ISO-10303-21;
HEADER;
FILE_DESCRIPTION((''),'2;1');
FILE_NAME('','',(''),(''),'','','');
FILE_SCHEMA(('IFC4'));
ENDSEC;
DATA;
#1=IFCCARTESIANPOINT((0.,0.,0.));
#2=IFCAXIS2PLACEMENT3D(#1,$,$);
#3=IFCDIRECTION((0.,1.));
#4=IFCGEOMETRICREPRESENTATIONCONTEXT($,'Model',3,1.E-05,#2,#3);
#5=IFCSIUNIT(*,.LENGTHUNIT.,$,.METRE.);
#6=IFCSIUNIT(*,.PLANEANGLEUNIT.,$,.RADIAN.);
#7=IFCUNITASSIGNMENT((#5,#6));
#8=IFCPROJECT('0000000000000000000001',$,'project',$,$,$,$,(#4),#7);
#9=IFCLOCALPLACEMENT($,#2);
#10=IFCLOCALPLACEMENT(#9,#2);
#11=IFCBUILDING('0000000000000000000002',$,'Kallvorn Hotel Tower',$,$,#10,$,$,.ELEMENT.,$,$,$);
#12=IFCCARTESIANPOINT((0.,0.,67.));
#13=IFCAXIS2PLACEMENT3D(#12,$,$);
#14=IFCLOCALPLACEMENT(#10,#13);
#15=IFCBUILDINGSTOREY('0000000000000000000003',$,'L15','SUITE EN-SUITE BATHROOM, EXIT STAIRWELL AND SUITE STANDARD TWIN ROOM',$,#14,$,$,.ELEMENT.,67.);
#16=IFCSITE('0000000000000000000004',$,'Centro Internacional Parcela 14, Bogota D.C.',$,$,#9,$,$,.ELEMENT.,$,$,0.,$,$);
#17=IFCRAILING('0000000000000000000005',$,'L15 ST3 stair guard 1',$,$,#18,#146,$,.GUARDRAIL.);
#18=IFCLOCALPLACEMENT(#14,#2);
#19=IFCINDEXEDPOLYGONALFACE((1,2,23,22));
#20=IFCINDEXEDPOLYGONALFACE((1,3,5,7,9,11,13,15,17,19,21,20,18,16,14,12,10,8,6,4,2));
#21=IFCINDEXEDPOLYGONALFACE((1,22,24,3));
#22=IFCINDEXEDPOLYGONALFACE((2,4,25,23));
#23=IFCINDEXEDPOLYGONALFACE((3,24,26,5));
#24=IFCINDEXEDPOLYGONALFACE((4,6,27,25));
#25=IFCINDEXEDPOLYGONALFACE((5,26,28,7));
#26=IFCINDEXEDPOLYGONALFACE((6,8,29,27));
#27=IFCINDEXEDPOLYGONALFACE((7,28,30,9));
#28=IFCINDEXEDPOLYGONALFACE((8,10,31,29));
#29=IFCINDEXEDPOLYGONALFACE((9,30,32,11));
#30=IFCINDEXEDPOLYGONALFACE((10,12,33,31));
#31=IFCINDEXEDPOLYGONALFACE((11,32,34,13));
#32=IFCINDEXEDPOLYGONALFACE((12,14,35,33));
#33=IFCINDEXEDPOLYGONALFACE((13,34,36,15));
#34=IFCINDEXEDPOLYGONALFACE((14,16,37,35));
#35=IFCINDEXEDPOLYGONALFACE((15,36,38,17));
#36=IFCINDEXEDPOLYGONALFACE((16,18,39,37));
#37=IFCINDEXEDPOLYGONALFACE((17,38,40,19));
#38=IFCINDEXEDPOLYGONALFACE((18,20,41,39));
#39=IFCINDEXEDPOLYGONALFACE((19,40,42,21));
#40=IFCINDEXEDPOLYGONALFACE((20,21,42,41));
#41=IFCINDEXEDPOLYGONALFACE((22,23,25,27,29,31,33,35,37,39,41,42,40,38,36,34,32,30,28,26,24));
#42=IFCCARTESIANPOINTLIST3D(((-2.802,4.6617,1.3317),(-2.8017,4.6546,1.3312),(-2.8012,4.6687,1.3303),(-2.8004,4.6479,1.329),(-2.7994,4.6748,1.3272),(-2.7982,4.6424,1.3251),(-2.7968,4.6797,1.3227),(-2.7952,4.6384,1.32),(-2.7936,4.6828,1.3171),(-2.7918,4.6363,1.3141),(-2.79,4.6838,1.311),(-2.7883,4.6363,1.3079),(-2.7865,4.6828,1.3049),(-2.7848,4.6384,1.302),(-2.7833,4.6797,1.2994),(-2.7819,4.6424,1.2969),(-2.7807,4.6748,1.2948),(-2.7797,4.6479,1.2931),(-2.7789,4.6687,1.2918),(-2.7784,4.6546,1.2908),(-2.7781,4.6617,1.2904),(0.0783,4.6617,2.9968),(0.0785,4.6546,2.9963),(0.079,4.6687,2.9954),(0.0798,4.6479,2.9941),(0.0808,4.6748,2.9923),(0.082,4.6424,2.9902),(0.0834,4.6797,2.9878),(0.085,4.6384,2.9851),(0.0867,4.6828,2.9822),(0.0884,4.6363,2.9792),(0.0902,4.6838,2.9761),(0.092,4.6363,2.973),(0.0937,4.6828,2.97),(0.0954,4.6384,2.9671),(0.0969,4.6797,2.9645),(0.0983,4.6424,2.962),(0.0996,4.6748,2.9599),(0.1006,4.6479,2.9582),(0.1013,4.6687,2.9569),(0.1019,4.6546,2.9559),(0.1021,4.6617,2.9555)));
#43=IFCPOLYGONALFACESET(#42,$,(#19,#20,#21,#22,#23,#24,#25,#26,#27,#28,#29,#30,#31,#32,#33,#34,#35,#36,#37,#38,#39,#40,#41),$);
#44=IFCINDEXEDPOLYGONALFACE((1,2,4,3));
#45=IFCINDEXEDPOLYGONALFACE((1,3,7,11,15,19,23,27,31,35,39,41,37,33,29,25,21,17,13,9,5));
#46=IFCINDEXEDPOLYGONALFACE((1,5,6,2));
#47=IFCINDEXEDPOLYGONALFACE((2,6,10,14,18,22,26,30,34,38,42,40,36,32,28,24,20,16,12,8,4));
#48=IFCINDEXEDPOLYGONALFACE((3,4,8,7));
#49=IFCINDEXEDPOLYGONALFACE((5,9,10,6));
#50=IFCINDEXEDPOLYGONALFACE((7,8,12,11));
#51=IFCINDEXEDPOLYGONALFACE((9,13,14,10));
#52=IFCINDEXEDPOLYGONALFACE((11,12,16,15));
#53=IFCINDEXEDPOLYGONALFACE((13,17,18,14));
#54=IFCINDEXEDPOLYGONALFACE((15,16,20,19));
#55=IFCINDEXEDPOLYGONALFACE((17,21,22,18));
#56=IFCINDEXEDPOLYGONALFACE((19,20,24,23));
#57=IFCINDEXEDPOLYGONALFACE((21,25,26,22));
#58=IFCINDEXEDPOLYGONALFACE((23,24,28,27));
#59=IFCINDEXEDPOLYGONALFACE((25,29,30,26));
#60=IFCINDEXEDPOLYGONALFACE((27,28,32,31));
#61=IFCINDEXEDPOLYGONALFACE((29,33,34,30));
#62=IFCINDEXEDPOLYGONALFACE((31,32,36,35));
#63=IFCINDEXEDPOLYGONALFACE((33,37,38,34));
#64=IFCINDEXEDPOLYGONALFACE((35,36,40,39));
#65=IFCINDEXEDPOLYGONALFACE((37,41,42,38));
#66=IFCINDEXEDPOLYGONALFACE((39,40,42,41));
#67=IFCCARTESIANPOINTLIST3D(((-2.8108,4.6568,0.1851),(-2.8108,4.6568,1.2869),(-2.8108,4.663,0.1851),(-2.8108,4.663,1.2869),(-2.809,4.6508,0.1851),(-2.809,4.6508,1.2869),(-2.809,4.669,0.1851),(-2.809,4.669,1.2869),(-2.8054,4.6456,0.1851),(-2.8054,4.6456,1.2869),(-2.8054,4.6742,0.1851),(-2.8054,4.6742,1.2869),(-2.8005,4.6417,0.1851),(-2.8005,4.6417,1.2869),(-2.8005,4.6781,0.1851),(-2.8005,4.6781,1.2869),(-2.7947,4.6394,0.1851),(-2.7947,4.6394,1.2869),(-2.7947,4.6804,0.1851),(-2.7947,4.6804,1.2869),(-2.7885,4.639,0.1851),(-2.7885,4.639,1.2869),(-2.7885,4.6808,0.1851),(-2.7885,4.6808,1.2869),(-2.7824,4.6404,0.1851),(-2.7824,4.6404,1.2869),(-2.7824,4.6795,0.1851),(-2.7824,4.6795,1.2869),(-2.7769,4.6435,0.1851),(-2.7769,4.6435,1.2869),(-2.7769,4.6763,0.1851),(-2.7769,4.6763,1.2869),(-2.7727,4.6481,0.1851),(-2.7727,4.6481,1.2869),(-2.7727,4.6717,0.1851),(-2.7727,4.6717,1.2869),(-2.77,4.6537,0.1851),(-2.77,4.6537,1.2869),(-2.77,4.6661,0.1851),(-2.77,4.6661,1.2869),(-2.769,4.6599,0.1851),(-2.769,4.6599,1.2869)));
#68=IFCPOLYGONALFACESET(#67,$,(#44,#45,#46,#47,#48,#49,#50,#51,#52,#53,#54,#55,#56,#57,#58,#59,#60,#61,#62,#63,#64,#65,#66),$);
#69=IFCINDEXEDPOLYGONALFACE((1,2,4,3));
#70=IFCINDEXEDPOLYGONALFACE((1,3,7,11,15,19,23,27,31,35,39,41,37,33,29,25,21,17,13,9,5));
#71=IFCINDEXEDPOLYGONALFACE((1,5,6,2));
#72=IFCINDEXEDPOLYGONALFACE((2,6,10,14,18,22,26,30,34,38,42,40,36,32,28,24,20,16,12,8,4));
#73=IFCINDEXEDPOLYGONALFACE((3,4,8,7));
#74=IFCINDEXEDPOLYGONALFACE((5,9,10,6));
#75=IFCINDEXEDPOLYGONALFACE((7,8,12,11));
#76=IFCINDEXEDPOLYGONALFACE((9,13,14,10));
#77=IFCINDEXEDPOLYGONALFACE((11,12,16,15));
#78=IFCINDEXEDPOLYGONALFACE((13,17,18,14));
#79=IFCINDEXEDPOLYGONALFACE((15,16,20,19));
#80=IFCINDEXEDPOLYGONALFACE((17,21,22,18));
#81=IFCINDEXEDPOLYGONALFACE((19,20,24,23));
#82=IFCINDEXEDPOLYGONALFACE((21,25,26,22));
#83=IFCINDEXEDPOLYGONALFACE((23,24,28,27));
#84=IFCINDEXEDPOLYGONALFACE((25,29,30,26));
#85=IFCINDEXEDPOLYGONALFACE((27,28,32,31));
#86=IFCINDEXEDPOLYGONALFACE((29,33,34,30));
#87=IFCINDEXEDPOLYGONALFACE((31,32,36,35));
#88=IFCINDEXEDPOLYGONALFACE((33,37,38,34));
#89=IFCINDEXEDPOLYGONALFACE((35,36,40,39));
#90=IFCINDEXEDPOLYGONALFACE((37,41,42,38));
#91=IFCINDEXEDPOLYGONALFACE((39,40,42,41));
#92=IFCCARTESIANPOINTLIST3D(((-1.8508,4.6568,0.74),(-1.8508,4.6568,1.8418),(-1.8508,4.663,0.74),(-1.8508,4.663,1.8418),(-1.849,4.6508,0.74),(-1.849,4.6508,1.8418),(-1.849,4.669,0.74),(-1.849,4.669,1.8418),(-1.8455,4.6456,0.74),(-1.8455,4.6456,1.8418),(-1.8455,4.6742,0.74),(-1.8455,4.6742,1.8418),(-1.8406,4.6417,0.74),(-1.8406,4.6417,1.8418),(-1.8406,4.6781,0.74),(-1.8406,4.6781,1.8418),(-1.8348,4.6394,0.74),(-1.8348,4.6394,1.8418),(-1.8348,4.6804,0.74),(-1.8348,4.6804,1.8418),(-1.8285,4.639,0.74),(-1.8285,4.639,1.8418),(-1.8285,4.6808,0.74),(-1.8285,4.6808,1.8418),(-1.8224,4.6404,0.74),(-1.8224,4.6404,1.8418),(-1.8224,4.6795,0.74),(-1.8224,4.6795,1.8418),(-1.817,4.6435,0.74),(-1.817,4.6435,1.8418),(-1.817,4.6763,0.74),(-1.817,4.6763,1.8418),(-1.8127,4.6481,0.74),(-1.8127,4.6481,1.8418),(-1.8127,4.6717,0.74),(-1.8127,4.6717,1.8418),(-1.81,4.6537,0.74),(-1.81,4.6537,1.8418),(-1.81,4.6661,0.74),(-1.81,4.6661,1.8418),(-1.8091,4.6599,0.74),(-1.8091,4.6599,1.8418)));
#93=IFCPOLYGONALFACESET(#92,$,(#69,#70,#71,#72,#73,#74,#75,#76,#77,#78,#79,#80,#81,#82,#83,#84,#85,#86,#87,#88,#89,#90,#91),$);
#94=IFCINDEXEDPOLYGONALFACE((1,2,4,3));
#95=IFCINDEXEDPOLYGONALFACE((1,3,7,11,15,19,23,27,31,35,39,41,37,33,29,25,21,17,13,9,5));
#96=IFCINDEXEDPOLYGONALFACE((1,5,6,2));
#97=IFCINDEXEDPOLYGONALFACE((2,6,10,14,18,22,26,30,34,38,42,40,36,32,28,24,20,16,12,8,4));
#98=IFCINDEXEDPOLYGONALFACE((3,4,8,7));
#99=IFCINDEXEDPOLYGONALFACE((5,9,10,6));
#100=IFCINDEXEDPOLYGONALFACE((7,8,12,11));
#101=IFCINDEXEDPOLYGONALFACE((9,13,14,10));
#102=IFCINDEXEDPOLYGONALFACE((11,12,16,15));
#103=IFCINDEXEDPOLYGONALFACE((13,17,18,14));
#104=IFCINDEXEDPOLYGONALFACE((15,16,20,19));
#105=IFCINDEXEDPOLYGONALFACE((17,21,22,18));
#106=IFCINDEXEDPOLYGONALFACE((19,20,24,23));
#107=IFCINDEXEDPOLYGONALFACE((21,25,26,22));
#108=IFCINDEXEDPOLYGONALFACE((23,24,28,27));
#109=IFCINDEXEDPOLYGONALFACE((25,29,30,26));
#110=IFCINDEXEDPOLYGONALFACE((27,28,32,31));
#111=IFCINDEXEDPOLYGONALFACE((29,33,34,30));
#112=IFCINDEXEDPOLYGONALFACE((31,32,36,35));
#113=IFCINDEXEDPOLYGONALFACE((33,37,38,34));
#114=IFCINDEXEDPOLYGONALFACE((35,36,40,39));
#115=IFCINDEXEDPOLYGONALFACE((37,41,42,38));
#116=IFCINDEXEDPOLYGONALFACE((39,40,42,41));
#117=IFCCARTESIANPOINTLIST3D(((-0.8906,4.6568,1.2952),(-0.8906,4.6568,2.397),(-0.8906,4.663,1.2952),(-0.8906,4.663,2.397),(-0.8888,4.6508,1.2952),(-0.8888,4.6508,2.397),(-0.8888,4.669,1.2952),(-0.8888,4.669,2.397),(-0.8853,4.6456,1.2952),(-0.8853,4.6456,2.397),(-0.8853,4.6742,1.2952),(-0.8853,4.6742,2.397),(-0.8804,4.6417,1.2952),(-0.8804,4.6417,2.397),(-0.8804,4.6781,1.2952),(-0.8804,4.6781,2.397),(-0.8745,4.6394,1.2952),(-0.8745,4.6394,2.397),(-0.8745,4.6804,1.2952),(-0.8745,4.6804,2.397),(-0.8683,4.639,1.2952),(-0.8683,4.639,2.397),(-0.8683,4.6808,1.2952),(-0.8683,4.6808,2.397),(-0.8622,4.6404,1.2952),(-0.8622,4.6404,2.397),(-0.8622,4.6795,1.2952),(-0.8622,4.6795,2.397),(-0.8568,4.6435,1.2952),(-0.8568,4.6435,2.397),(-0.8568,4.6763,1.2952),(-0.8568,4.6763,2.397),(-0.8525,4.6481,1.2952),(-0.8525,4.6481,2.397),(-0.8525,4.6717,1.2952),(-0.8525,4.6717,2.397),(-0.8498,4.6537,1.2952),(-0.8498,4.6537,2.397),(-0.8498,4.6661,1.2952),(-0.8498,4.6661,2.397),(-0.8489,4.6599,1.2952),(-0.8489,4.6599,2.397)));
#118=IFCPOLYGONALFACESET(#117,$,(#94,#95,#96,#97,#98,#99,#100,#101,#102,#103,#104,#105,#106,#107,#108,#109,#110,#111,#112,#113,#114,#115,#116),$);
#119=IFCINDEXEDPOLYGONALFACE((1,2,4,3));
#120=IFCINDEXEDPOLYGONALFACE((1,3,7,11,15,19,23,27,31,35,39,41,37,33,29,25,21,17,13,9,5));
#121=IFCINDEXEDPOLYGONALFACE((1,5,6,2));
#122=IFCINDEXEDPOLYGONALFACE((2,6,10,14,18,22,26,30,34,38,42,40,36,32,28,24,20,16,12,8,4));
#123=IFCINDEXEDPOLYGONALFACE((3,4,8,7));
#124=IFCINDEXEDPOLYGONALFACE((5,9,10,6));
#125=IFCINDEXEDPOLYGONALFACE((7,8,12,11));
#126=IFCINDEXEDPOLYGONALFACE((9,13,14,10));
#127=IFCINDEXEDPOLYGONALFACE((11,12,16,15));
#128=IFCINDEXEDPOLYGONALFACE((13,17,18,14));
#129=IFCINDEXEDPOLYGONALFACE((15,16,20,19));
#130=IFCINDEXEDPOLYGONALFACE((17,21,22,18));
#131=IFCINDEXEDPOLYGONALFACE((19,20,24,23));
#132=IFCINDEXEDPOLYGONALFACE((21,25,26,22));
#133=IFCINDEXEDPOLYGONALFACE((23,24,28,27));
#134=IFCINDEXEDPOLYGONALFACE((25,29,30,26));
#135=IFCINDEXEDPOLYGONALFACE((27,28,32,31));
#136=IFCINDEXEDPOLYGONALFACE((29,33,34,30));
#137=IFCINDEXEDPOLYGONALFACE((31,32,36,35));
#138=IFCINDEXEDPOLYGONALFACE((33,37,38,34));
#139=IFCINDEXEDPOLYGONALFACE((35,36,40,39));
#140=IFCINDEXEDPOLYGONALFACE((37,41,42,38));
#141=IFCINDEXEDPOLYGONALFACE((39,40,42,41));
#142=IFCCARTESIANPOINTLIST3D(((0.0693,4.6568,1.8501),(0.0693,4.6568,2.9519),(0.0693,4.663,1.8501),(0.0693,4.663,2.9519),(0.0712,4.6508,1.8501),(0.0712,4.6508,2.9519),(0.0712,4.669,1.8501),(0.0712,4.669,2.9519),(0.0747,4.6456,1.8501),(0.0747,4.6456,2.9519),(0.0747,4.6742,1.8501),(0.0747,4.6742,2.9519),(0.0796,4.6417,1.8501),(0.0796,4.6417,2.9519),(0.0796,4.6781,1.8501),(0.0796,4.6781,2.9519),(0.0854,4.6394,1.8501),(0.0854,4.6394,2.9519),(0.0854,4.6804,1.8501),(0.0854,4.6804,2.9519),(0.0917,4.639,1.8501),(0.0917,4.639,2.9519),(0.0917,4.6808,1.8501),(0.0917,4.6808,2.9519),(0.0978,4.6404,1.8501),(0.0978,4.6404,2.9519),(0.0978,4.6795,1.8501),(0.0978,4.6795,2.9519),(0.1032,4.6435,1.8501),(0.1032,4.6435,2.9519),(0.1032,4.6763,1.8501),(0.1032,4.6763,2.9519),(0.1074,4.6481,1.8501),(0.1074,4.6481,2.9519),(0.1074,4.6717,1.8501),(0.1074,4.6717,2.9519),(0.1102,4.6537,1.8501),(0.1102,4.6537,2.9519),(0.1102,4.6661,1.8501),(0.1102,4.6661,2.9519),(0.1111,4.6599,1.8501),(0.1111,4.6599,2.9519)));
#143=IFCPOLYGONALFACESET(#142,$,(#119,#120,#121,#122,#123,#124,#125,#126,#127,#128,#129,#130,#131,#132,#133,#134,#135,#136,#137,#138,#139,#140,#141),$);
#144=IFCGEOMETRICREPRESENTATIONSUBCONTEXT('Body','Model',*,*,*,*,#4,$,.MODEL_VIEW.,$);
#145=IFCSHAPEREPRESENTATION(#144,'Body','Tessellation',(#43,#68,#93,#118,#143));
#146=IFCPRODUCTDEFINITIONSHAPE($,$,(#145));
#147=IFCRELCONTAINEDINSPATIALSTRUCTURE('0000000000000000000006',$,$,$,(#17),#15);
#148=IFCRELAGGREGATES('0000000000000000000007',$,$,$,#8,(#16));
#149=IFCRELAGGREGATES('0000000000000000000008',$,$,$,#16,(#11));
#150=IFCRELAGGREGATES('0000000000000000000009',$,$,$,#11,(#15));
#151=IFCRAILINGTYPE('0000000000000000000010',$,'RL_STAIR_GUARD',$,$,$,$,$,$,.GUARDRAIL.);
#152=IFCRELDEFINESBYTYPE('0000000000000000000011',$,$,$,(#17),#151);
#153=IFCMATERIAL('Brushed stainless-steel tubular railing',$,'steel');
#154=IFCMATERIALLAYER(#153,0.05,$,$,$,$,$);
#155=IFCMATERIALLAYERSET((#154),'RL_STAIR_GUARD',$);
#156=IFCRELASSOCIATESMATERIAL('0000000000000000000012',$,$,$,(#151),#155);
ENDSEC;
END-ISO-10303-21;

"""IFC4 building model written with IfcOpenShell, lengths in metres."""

from ifc_helpers import new_model, si_unit, direction, frame, origin, origin_2d, place, context, subcontext, project, spatial, circle, extrude, material, layer, layer_set, type_object, element, save


model = new_model("IFC4")

# Units and contexts
model_context = context("Model", 3, precision=1e-05, world=origin(), true_north=direction((0.0, 1.0)))
body_context = subcontext(model_context, "Body", "Model", "MODEL_VIEW")
ifc_project = project(units=[si_unit("LENGTHUNIT", "METRE"), si_unit("PLANEANGLEUNIT", "RADIAN")], contexts=[model_context])

# Site, building, storey
site_placement = place(None, origin())
site = spatial("IfcSite", under=ifc_project, at=site_placement, Name="Centro Internacional Parcela 14, Bogota D.C.", CompositionType="ELEMENT", RefElevation=0.0)
building_placement = place(site_placement, origin())
building = spatial("IfcBuilding", under=site, at=building_placement, Name="Kallvorn Hotel Tower", CompositionType="ELEMENT")
storey_placement = place(building_placement, frame((0.0, 0.0, 67.0)))
storey = spatial("IfcBuildingStorey", under=building, at=storey_placement, Name="L15", Description="SUITE EN-SUITE BATHROOM, EXIT STAIRWELL AND SUITE STANDARD TWIN ROOM", CompositionType="ELEMENT", Elevation=67.0)

# Railing
ifc_material_1 = material(Name="Brushed stainless-steel tubular railing", Category="steel")
ifc_layer_1 = layer(ifc_material_1, 0.05)
ifc_layer_set_1 = layer_set([ifc_layer_1], Name="RL_STAIR_GUARD")
railing_type_1 = type_object("IfcRailingType", Name="RL_STAIR_GUARD", PredefinedType="GUARDRAIL", material=ifc_layer_set_1)
railing_1_placement = place(storey_placement, frame((-2.79, 4.6599, 0.1851)))
element("IfcRailing", 1, at=railing_1_placement, inside=storey, type_object=railing_type_1, Name="L15 ST3 stair guard 1", PredefinedType="GUARDRAIL", context=body_context, shape_type="SweptSolid", body=[
    extrude(circle(Radius=0.0239, at=origin_2d()), frame((0.0, 0.0, 1.126), z_axis=(0.865739, 0.0, 0.500495), x_axis=(0.0, 1.0, 0.0)), (0.0, 0.0, 1.0), 3.3269),
    extrude(circle(Radius=0.021, at=origin_2d()), origin(), (0.0, 0.0, 1.0), 1.1018),
    extrude(circle(Radius=0.021, at=origin_2d()), frame((0.96, 0.0, 0.5549)), (0.0, 0.0, 1.0), 1.1018),
    extrude(circle(Radius=0.021, at=origin_2d()), frame((1.9202, 0.0, 1.1101)), (0.0, 0.0, 1.0), 1.1018),
    extrude(circle(Radius=0.021, at=origin_2d()), frame((2.8801, 0.0, 1.665)), (0.0, 0.0, 1.0), 1.1018),
])

save(model, "model.ifc")
